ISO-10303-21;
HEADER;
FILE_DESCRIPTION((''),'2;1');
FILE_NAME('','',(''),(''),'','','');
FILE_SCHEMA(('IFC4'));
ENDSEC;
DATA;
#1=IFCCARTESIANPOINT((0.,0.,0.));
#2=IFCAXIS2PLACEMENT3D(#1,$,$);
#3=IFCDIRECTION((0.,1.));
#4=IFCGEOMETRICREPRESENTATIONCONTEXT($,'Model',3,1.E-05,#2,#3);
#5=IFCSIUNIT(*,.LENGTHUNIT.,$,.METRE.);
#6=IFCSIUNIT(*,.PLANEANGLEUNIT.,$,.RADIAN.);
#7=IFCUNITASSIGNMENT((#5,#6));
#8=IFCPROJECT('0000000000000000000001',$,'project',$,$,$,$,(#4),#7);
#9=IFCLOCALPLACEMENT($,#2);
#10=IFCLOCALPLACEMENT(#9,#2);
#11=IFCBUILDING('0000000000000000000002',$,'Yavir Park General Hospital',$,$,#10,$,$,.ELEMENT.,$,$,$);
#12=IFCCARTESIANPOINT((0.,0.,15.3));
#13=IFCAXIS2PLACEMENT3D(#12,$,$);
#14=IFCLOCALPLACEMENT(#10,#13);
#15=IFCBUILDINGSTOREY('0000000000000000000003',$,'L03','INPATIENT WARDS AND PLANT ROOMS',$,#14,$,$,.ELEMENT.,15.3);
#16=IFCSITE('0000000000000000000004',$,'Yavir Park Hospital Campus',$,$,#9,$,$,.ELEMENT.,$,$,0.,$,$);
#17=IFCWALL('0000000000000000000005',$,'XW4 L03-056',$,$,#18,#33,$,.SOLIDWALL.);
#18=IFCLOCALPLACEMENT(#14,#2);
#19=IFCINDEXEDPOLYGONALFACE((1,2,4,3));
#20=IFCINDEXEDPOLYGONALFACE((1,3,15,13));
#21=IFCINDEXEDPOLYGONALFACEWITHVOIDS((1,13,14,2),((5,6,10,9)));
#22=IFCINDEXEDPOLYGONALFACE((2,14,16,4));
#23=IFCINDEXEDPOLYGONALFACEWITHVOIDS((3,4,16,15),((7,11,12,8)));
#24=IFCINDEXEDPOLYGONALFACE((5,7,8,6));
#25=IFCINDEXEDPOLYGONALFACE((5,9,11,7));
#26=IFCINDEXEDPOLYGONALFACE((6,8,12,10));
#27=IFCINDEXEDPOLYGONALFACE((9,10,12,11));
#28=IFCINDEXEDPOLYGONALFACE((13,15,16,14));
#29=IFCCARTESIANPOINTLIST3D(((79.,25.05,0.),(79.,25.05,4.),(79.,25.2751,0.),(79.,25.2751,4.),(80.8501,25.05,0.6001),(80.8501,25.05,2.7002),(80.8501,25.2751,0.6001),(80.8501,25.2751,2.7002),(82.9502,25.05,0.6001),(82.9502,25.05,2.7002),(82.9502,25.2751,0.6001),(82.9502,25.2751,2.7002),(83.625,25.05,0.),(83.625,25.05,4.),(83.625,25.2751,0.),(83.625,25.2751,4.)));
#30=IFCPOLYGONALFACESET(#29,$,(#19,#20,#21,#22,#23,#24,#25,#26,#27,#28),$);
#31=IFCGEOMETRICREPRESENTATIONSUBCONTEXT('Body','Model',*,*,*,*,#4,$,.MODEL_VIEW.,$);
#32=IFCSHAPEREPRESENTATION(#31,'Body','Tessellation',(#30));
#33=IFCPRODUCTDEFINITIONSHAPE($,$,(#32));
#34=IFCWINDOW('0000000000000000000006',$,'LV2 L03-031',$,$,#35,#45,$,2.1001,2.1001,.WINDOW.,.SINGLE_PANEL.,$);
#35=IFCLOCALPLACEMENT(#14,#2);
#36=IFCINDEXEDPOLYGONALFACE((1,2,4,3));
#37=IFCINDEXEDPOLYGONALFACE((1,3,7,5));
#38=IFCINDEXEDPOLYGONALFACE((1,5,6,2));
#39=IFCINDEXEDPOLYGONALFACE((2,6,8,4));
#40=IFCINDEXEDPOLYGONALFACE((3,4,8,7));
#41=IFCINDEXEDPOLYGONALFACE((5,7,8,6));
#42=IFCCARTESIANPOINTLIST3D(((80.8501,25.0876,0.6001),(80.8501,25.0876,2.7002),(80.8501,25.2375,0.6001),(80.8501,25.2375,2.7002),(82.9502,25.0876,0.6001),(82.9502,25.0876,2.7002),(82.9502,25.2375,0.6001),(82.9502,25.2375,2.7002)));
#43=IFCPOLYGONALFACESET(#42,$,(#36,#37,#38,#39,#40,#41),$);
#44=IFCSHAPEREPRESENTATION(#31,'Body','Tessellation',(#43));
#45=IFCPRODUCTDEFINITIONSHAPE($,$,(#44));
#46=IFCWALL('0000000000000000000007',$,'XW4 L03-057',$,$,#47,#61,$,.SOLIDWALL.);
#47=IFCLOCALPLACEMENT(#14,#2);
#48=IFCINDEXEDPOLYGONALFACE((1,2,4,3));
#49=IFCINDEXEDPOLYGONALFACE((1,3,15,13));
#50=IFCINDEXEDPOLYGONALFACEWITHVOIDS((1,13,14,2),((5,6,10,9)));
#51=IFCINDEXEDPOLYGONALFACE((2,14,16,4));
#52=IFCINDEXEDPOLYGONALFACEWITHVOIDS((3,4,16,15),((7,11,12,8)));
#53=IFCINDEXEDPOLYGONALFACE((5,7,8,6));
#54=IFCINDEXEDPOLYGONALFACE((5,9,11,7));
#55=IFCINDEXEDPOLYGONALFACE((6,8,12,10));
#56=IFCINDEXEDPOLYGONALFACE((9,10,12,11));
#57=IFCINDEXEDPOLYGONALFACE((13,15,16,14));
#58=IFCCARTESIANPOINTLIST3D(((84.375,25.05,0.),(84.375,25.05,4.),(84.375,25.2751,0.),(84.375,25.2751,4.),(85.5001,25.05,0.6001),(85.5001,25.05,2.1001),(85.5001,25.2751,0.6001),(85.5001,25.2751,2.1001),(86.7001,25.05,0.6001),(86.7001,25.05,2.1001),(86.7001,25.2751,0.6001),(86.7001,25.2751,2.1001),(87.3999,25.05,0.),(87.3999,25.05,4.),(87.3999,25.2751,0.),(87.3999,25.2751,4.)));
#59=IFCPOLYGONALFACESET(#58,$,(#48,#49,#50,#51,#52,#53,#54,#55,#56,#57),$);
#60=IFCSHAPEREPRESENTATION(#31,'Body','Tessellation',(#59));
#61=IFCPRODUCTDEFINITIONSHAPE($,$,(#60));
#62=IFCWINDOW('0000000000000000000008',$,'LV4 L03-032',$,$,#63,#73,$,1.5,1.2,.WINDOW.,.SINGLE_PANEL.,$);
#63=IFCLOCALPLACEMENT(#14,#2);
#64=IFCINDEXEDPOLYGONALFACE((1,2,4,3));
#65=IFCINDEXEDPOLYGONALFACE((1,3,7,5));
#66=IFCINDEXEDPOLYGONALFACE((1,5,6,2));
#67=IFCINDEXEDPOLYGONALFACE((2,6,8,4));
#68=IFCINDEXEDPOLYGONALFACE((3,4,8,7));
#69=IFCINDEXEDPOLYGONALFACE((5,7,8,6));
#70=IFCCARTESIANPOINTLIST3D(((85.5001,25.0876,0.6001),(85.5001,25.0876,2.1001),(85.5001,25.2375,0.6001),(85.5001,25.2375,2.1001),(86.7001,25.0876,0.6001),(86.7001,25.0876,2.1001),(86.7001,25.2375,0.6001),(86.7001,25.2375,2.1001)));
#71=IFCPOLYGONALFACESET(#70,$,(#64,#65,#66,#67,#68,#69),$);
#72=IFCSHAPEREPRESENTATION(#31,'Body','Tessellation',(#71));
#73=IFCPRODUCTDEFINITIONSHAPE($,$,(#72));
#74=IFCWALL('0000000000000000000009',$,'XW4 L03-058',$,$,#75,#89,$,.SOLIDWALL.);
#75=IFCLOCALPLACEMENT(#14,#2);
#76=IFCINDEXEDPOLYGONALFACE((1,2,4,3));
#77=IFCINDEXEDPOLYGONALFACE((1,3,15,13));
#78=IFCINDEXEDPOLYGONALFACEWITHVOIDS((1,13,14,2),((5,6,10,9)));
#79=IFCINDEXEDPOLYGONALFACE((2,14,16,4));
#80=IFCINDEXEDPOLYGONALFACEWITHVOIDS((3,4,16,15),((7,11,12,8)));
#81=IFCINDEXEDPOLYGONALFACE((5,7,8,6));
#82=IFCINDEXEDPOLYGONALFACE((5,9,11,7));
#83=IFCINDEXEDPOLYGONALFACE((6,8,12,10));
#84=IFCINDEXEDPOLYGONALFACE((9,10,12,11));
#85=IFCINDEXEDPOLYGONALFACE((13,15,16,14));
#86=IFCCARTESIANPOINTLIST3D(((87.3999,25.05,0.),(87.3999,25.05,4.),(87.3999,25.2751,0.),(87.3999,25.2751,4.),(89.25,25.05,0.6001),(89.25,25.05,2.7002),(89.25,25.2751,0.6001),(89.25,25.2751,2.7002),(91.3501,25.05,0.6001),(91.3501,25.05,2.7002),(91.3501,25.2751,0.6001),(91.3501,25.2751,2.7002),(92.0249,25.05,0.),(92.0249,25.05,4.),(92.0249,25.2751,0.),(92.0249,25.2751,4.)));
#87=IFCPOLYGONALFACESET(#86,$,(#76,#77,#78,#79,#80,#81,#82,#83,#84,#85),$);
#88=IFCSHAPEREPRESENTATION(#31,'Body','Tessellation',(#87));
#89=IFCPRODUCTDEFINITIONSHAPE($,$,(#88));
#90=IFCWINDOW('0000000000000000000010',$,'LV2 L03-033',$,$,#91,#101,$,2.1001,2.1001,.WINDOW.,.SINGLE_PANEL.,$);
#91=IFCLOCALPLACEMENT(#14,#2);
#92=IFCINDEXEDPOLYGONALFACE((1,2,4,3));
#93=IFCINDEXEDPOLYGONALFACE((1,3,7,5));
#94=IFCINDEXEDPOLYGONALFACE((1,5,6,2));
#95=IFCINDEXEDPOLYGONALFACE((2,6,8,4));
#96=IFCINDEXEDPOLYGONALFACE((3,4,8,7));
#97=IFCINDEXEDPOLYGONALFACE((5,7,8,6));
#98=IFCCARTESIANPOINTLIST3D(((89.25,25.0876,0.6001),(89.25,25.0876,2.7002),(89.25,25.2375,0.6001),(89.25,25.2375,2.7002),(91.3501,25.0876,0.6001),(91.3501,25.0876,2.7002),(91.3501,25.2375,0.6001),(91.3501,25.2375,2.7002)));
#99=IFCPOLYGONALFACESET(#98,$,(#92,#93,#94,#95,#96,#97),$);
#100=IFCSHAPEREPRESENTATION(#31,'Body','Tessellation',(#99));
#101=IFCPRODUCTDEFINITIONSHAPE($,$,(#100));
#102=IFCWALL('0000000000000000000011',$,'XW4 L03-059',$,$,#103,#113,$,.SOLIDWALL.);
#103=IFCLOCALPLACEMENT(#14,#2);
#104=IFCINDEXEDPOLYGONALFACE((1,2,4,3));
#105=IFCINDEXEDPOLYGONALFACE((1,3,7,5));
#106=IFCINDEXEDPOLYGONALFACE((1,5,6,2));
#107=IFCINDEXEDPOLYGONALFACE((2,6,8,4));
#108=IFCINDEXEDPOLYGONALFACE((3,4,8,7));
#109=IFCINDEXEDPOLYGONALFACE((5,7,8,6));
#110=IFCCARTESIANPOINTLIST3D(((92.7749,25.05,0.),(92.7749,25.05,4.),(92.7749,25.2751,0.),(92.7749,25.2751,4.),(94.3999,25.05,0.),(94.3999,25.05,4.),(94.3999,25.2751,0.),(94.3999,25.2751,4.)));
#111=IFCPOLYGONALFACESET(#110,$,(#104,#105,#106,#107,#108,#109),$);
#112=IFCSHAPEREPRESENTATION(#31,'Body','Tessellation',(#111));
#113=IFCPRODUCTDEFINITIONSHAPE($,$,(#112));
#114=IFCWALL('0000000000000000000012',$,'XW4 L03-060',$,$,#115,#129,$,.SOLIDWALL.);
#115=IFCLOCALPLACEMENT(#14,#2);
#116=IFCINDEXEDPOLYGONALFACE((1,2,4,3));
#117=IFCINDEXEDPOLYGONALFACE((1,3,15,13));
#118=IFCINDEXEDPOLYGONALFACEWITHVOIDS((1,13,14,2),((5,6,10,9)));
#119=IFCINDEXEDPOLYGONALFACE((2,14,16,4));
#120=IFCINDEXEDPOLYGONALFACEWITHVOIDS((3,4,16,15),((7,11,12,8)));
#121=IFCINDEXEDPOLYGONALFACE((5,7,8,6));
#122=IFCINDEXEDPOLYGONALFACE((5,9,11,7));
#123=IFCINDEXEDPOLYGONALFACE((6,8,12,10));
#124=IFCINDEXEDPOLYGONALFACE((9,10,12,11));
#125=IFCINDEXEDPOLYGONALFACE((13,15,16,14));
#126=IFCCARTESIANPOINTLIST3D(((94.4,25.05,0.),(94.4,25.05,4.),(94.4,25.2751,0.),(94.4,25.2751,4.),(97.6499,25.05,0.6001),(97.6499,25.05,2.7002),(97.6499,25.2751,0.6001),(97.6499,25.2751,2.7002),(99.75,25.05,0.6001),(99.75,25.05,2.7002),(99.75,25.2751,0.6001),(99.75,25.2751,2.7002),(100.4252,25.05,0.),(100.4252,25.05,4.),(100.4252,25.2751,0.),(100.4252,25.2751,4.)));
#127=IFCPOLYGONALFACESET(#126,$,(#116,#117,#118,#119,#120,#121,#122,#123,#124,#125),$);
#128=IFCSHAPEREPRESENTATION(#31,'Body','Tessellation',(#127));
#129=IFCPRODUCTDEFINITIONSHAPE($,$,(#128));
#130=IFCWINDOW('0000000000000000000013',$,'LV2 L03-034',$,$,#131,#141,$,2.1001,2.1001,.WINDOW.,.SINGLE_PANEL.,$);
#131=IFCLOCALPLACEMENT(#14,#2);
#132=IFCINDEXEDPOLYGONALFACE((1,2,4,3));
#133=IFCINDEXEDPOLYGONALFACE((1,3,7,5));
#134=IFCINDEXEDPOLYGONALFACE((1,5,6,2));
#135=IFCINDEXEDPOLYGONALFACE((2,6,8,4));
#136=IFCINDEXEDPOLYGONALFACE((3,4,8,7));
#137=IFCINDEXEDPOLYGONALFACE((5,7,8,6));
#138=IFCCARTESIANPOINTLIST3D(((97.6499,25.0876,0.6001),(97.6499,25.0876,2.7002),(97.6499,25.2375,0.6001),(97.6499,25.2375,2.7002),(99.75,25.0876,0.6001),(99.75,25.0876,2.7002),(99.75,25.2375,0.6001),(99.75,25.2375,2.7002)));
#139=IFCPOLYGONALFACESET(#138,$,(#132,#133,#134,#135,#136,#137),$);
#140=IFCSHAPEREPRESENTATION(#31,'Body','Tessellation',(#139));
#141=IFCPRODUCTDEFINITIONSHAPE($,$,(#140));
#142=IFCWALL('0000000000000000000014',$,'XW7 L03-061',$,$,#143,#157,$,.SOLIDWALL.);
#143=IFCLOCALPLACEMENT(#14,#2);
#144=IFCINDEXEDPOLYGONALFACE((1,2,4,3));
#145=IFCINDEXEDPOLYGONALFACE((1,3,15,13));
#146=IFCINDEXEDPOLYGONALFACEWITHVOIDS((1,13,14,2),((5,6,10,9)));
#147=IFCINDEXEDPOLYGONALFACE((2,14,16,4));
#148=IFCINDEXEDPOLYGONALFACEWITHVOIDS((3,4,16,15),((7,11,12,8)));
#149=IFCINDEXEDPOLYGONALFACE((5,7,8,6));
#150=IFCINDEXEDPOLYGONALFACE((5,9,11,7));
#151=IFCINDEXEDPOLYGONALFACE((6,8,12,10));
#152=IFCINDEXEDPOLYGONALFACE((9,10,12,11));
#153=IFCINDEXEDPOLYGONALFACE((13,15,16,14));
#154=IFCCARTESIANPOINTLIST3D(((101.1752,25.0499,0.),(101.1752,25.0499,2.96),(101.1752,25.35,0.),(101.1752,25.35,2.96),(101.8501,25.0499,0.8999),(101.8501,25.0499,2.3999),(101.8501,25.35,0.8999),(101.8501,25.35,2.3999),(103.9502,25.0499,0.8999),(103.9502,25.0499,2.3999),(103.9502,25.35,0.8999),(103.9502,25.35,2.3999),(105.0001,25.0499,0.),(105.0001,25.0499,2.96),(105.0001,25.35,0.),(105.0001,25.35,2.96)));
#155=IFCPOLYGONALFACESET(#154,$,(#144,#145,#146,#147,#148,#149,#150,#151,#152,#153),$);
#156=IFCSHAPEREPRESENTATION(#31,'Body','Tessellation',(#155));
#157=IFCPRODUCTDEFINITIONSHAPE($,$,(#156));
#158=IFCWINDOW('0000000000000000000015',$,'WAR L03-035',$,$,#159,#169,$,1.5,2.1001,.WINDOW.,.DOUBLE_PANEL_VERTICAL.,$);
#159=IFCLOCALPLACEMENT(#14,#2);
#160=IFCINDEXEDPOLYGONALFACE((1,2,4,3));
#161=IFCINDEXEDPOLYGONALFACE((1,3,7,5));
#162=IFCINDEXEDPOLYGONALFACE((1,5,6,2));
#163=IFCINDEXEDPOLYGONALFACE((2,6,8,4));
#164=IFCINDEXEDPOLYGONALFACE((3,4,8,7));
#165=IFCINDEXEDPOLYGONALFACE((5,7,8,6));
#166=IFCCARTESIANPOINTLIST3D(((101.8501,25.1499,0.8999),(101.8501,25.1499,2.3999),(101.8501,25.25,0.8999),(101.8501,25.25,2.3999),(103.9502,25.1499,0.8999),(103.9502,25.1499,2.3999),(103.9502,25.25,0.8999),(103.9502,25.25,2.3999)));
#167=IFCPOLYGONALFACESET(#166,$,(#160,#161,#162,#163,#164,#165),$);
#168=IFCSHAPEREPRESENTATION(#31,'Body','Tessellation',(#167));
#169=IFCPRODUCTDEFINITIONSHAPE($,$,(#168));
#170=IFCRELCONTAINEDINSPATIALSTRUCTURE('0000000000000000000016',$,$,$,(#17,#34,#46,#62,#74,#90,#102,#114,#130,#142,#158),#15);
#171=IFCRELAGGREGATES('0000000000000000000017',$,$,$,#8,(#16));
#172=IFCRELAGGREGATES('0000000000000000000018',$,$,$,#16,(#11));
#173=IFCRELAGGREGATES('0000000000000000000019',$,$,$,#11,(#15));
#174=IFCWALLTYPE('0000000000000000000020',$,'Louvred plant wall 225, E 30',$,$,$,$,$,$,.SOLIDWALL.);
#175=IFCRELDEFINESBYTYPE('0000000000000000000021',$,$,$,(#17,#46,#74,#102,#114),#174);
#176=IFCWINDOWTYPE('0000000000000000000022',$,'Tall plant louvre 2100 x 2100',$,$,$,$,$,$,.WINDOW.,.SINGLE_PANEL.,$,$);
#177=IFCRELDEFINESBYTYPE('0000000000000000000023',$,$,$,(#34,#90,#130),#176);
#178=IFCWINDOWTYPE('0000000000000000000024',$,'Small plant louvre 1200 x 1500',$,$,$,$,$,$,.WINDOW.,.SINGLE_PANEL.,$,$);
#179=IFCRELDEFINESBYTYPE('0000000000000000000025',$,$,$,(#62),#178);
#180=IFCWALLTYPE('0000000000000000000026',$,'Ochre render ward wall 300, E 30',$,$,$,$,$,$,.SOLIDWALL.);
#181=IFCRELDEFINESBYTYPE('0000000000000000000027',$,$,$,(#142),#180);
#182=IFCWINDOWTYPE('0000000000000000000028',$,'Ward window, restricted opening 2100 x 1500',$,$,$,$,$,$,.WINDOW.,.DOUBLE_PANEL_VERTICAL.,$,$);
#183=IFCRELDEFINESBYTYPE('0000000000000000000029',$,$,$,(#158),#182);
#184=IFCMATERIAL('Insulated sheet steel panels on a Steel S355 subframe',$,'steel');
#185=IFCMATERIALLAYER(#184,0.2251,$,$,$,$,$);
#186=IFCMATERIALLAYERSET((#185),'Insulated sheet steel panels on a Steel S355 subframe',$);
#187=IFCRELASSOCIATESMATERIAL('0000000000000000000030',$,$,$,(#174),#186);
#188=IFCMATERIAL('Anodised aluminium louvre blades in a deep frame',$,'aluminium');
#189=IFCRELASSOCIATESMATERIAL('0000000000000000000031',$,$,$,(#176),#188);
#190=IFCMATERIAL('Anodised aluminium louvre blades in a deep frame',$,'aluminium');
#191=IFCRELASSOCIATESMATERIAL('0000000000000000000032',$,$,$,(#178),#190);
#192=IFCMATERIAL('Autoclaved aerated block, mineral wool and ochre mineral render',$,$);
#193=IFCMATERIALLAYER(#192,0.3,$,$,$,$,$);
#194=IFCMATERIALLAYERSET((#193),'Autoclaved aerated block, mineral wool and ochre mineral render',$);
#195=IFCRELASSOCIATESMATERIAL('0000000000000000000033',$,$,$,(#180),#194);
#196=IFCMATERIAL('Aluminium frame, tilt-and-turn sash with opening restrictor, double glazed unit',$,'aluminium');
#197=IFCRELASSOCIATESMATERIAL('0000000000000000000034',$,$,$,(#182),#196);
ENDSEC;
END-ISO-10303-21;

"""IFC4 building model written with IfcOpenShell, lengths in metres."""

from ifc_helpers import new_model, si_unit, direction, frame, frame_2d, origin, place, context, subcontext, project, spatial, rectangle, extrude, material, layer, layer_set, type_object, element, fill, save


model = new_model("IFC4")

# Units and contexts
model_context = context("Model", 3, precision=1e-05, world=origin(), true_north=direction((0.0, 1.0)))
body_context = subcontext(model_context, "Body", "Model", "MODEL_VIEW")
ifc_project = project(units=[si_unit("LENGTHUNIT", "METRE"), si_unit("PLANEANGLEUNIT", "RADIAN")], contexts=[model_context])

# Site, building, storey
site_placement = place(None, origin())
site = spatial("IfcSite", under=ifc_project, at=site_placement, Name="Yavir Park Hospital Campus", CompositionType="ELEMENT", RefElevation=0.0)
building_placement = place(site_placement, origin())
building = spatial("IfcBuilding", under=site, at=building_placement, Name="Yavir Park General Hospital", CompositionType="ELEMENT")
storey_placement = place(building_placement, frame((0.0, 0.0, 15.3)))
storey = spatial("IfcBuildingStorey", under=building, at=storey_placement, Name="L03", Description="INPATIENT WARDS AND PLANT ROOMS", CompositionType="ELEMENT", Elevation=15.3)

# Walls, openings, windows
ifc_material_1 = material(Name="Insulated sheet steel panels on a Steel S355 subframe", Category="steel")
ifc_layer_1 = layer(ifc_material_1, 0.2251)
ifc_layer_set_1 = layer_set([ifc_layer_1], Name="Insulated sheet steel panels on a Steel S355 subframe")
wall_type_1 = type_object("IfcWallType", Name="Louvred plant wall 225, E 30", PredefinedType="SOLIDWALL", material=ifc_layer_set_1)
ifc_material_2 = material(Name="Anodised aluminium louvre blades in a deep frame", Category="aluminium")
window_type_1 = type_object("IfcWindowType", Name="Tall plant louvre 2100 x 2100", PartitioningType="SINGLE_PANEL", PredefinedType="WINDOW", material=ifc_material_2)
ifc_material_3 = material(Name="Anodised aluminium louvre blades in a deep frame", Category="aluminium")
window_type_2 = type_object("IfcWindowType", Name="Small plant louvre 1200 x 1500", PartitioningType="SINGLE_PANEL", PredefinedType="WINDOW", material=ifc_material_3)
wall_1_placement = place(storey_placement, frame((79.0, 25.1626, 0.0), z_axis=(0.0, 0.0, 1.0), x_axis=(1.0, 0.0, 0.0)))
wall_1 = element("IfcWall", 1, at=wall_1_placement, inside=storey, type_object=wall_type_1, Name="XW4 L03-056", PredefinedType="SOLIDWALL", context=body_context, shape_type="SweptSolid", body=[
    extrude(rectangle(XDim=4.625, YDim=0.2251, at=frame_2d((2.3125, 0.0))), origin(), (0.0, 0.0, 1.0), 4.0),
])
opening_1_placement = place(wall_1_placement, frame((1.8501, 0.0, 0.6001)))
opening_1 = element("IfcOpeningElement", 2, at=opening_1_placement, cuts=wall_1, PredefinedType="OPENING", context=body_context, shape_type="SweptSolid", body=[
    extrude(rectangle(XDim=2.1001, YDim=2.1001, at=frame_2d((1.05, 1.05))), frame((0.0, 0.1226, 0.0), z_axis=(0.0, -1.0, 0.0), x_axis=(1.0, 0.0, 0.0)), (0.0, 0.0, 1.0), 0.2451),
])
window_1_placement = place(opening_1_placement, origin())
window_1 = element("IfcWindow", 3, at=window_1_placement, inside=storey, type_object=window_type_1, Name="LV2 L03-031", OverallHeight=2.1001, OverallWidth=2.1001, PartitioningType="SINGLE_PANEL", PredefinedType="WINDOW", context=body_context, shape_type="SweptSolid", body=[
    extrude(rectangle(XDim=2.1001, YDim=2.1001, at=frame_2d((1.05, 1.05))), frame((0.0, 0.075, 0.0), z_axis=(0.0, -1.0, 0.0), x_axis=(1.0, 0.0, 0.0)), (0.0, 0.0, 1.0), 0.1499),
])
fill(opening_1, window_1)
wall_2_placement = place(storey_placement, frame((84.375, 25.1626, 0.0), z_axis=(0.0, 0.0, 1.0), x_axis=(1.0, 0.0, 0.0)))
wall_2 = element("IfcWall", 4, at=wall_2_placement, inside=storey, type_object=wall_type_1, Name="XW4 L03-057", PredefinedType="SOLIDWALL", context=body_context, shape_type="SweptSolid", body=[
    extrude(rectangle(XDim=3.0249, YDim=0.2251, at=frame_2d((1.5125, 0.0))), origin(), (0.0, 0.0, 1.0), 4.0),
])
opening_2_placement = place(wall_2_placement, frame((1.125, 0.0, 0.6001)))
opening_2 = element("IfcOpeningElement", 5, at=opening_2_placement, cuts=wall_2, PredefinedType="OPENING", context=body_context, shape_type="SweptSolid", body=[
    extrude(rectangle(XDim=1.2, YDim=1.5, at=frame_2d((0.6001, 0.75))), frame((0.0, 0.1226, 0.0), z_axis=(0.0, -1.0, 0.0), x_axis=(1.0, 0.0, 0.0)), (0.0, 0.0, 1.0), 0.2451),
])
window_2_placement = place(opening_2_placement, origin())
window_2 = element("IfcWindow", 6, at=window_2_placement, inside=storey, type_object=window_type_2, Name="LV4 L03-032", OverallHeight=1.5, OverallWidth=1.2, PartitioningType="SINGLE_PANEL", PredefinedType="WINDOW", context=body_context, shape_type="SweptSolid", body=[
    extrude(rectangle(XDim=1.2, YDim=1.5, at=frame_2d((0.6001, 0.75))), frame((0.0, 0.075, 0.0), z_axis=(0.0, -1.0, 0.0), x_axis=(1.0, 0.0, 0.0)), (0.0, 0.0, 1.0), 0.1499),
])
fill(opening_2, window_2)
wall_3_placement = place(storey_placement, frame((87.3999, 25.1626, 0.0), z_axis=(0.0, 0.0, 1.0), x_axis=(1.0, 0.0, 0.0)))
wall_3 = element("IfcWall", 7, at=wall_3_placement, inside=storey, type_object=wall_type_1, Name="XW4 L03-058", PredefinedType="SOLIDWALL", context=body_context, shape_type="SweptSolid", body=[
    extrude(rectangle(XDim=4.625, YDim=0.2251, at=frame_2d((2.3125, 0.0))), origin(), (0.0, 0.0, 1.0), 4.0),
])
opening_3_placement = place(wall_3_placement, frame((1.8501, 0.0, 0.6001)))
opening_3 = element("IfcOpeningElement", 8, at=opening_3_placement, cuts=wall_3, PredefinedType="OPENING", context=body_context, shape_type="SweptSolid", body=[
    extrude(rectangle(XDim=2.1001, YDim=2.1001, at=frame_2d((1.05, 1.05))), frame((0.0, 0.1226, 0.0), z_axis=(0.0, -1.0, 0.0), x_axis=(1.0, 0.0, 0.0)), (0.0, 0.0, 1.0), 0.2451),
])
window_3_placement = place(opening_3_placement, origin())
window_3 = element("IfcWindow", 9, at=window_3_placement, inside=storey, type_object=window_type_1, Name="LV2 L03-033", OverallHeight=2.1001, OverallWidth=2.1001, PartitioningType="SINGLE_PANEL", PredefinedType="WINDOW", context=body_context, shape_type="SweptSolid", body=[
    extrude(rectangle(XDim=2.1001, YDim=2.1001, at=frame_2d((1.05, 1.05))), frame((0.0, 0.075, 0.0), z_axis=(0.0, -1.0, 0.0), x_axis=(1.0, 0.0, 0.0)), (0.0, 0.0, 1.0), 0.1499),
])
fill(opening_3, window_3)

# Wall
wall_4_placement = place(storey_placement, frame((92.7749, 25.1626, 0.0), z_axis=(0.0, 0.0, 1.0), x_axis=(1.0, 0.0, 0.0)))
element("IfcWall", 10, at=wall_4_placement, inside=storey, type_object=wall_type_1, Name="XW4 L03-059", PredefinedType="SOLIDWALL", context=body_context, shape_type="SweptSolid", body=[
    extrude(rectangle(XDim=1.625, YDim=0.2251, at=frame_2d((0.8125, 0.0))), origin(), (0.0, 0.0, 1.0), 4.0),
])

# Walls, openings, windows
wall_5_placement = place(storey_placement, frame((94.3999, 25.1626, 0.0), z_axis=(0.0, 0.0, 1.0), x_axis=(1.0, 0.0, 0.0)))
wall_5 = element("IfcWall", 11, at=wall_5_placement, inside=storey, type_object=wall_type_1, Name="XW4 L03-060", PredefinedType="SOLIDWALL", context=body_context, shape_type="SweptSolid", body=[
    extrude(rectangle(XDim=6.0251, YDim=0.2251, at=frame_2d((3.0127, 0.0))), origin(), (0.0, 0.0, 1.0), 4.0),
])
opening_4_placement = place(wall_5_placement, frame((3.25, 0.0, 0.6001)))
opening_4 = element("IfcOpeningElement", 12, at=opening_4_placement, cuts=wall_5, PredefinedType="OPENING", context=body_context, shape_type="SweptSolid", body=[
    extrude(rectangle(XDim=2.1001, YDim=2.1001, at=frame_2d((1.05, 1.05))), frame((0.0, 0.1226, 0.0), z_axis=(0.0, -1.0, 0.0), x_axis=(1.0, 0.0, 0.0)), (0.0, 0.0, 1.0), 0.2451),
])
window_4_placement = place(opening_4_placement, origin())
window_4 = element("IfcWindow", 13, at=window_4_placement, inside=storey, type_object=window_type_1, Name="LV2 L03-034", OverallHeight=2.1001, OverallWidth=2.1001, PartitioningType="SINGLE_PANEL", PredefinedType="WINDOW", context=body_context, shape_type="SweptSolid", body=[
    extrude(rectangle(XDim=2.1001, YDim=2.1001, at=frame_2d((1.05, 1.05))), frame((0.0, 0.075, 0.0), z_axis=(0.0, -1.0, 0.0), x_axis=(1.0, 0.0, 0.0)), (0.0, 0.0, 1.0), 0.1499),
])
fill(opening_4, window_4)
ifc_material_4 = material(Name="Autoclaved aerated block, mineral wool and ochre mineral render")
ifc_layer_2 = layer(ifc_material_4, 0.3)
ifc_layer_set_2 = layer_set([ifc_layer_2], Name="Autoclaved aerated block, mineral wool and ochre mineral render")
wall_type_2 = type_object("IfcWallType", Name="Ochre render ward wall 300, E 30", PredefinedType="SOLIDWALL", material=ifc_layer_set_2)
wall_6_placement = place(storey_placement, frame((101.175, 25.2, 0.0), z_axis=(0.0, 0.0, 1.0), x_axis=(1.0, 0.0, 0.0)))
wall_6 = element("IfcWall", 14, at=wall_6_placement, inside=storey, type_object=wall_type_2, Name="XW7 L03-061", PredefinedType="SOLIDWALL", context=body_context, shape_type="SweptSolid", body=[
    extrude(rectangle(XDim=3.825, YDim=0.3, at=frame_2d((1.9126, 0.0))), origin(), (0.0, 0.0, 1.0), 2.96),
])
opening_5_placement = place(wall_6_placement, frame((0.675, 0.0, 0.8999)))
opening_5 = element("IfcOpeningElement", 15, at=opening_5_placement, cuts=wall_6, PredefinedType="OPENING", context=body_context, shape_type="SweptSolid", body=[
    extrude(rectangle(XDim=2.1001, YDim=1.5, at=frame_2d((1.05, 0.75))), frame((0.0, 0.1599, 0.0), z_axis=(0.0, -1.0, 0.0), x_axis=(1.0, 0.0, 0.0)), (0.0, 0.0, 1.0), 0.3201),
])
ifc_material_5 = material(Name="Aluminium frame, tilt-and-turn sash with opening restrictor, double glazed unit", Category="aluminium")
window_type_3 = type_object("IfcWindowType", Name="Ward window, restricted opening 2100 x 1500", PartitioningType="DOUBLE_PANEL_VERTICAL", PredefinedType="WINDOW", material=ifc_material_5)
window_5_placement = place(opening_5_placement, origin())
window_5 = element("IfcWindow", 16, at=window_5_placement, inside=storey, type_object=window_type_3, Name="WAR L03-035", OverallHeight=1.5, OverallWidth=2.1001, PartitioningType="DOUBLE_PANEL_VERTICAL", PredefinedType="WINDOW", context=body_context, shape_type="SweptSolid", body=[
    extrude(rectangle(XDim=2.1001, YDim=1.5, at=frame_2d((1.05, 0.75))), frame((0.0, 0.05, 0.0), z_axis=(0.0, -1.0, 0.0), x_axis=(1.0, 0.0, 0.0)), (0.0, 0.0, 1.0), 0.1001),
])
fill(opening_5, window_5)

save(model, "model.ifc")
